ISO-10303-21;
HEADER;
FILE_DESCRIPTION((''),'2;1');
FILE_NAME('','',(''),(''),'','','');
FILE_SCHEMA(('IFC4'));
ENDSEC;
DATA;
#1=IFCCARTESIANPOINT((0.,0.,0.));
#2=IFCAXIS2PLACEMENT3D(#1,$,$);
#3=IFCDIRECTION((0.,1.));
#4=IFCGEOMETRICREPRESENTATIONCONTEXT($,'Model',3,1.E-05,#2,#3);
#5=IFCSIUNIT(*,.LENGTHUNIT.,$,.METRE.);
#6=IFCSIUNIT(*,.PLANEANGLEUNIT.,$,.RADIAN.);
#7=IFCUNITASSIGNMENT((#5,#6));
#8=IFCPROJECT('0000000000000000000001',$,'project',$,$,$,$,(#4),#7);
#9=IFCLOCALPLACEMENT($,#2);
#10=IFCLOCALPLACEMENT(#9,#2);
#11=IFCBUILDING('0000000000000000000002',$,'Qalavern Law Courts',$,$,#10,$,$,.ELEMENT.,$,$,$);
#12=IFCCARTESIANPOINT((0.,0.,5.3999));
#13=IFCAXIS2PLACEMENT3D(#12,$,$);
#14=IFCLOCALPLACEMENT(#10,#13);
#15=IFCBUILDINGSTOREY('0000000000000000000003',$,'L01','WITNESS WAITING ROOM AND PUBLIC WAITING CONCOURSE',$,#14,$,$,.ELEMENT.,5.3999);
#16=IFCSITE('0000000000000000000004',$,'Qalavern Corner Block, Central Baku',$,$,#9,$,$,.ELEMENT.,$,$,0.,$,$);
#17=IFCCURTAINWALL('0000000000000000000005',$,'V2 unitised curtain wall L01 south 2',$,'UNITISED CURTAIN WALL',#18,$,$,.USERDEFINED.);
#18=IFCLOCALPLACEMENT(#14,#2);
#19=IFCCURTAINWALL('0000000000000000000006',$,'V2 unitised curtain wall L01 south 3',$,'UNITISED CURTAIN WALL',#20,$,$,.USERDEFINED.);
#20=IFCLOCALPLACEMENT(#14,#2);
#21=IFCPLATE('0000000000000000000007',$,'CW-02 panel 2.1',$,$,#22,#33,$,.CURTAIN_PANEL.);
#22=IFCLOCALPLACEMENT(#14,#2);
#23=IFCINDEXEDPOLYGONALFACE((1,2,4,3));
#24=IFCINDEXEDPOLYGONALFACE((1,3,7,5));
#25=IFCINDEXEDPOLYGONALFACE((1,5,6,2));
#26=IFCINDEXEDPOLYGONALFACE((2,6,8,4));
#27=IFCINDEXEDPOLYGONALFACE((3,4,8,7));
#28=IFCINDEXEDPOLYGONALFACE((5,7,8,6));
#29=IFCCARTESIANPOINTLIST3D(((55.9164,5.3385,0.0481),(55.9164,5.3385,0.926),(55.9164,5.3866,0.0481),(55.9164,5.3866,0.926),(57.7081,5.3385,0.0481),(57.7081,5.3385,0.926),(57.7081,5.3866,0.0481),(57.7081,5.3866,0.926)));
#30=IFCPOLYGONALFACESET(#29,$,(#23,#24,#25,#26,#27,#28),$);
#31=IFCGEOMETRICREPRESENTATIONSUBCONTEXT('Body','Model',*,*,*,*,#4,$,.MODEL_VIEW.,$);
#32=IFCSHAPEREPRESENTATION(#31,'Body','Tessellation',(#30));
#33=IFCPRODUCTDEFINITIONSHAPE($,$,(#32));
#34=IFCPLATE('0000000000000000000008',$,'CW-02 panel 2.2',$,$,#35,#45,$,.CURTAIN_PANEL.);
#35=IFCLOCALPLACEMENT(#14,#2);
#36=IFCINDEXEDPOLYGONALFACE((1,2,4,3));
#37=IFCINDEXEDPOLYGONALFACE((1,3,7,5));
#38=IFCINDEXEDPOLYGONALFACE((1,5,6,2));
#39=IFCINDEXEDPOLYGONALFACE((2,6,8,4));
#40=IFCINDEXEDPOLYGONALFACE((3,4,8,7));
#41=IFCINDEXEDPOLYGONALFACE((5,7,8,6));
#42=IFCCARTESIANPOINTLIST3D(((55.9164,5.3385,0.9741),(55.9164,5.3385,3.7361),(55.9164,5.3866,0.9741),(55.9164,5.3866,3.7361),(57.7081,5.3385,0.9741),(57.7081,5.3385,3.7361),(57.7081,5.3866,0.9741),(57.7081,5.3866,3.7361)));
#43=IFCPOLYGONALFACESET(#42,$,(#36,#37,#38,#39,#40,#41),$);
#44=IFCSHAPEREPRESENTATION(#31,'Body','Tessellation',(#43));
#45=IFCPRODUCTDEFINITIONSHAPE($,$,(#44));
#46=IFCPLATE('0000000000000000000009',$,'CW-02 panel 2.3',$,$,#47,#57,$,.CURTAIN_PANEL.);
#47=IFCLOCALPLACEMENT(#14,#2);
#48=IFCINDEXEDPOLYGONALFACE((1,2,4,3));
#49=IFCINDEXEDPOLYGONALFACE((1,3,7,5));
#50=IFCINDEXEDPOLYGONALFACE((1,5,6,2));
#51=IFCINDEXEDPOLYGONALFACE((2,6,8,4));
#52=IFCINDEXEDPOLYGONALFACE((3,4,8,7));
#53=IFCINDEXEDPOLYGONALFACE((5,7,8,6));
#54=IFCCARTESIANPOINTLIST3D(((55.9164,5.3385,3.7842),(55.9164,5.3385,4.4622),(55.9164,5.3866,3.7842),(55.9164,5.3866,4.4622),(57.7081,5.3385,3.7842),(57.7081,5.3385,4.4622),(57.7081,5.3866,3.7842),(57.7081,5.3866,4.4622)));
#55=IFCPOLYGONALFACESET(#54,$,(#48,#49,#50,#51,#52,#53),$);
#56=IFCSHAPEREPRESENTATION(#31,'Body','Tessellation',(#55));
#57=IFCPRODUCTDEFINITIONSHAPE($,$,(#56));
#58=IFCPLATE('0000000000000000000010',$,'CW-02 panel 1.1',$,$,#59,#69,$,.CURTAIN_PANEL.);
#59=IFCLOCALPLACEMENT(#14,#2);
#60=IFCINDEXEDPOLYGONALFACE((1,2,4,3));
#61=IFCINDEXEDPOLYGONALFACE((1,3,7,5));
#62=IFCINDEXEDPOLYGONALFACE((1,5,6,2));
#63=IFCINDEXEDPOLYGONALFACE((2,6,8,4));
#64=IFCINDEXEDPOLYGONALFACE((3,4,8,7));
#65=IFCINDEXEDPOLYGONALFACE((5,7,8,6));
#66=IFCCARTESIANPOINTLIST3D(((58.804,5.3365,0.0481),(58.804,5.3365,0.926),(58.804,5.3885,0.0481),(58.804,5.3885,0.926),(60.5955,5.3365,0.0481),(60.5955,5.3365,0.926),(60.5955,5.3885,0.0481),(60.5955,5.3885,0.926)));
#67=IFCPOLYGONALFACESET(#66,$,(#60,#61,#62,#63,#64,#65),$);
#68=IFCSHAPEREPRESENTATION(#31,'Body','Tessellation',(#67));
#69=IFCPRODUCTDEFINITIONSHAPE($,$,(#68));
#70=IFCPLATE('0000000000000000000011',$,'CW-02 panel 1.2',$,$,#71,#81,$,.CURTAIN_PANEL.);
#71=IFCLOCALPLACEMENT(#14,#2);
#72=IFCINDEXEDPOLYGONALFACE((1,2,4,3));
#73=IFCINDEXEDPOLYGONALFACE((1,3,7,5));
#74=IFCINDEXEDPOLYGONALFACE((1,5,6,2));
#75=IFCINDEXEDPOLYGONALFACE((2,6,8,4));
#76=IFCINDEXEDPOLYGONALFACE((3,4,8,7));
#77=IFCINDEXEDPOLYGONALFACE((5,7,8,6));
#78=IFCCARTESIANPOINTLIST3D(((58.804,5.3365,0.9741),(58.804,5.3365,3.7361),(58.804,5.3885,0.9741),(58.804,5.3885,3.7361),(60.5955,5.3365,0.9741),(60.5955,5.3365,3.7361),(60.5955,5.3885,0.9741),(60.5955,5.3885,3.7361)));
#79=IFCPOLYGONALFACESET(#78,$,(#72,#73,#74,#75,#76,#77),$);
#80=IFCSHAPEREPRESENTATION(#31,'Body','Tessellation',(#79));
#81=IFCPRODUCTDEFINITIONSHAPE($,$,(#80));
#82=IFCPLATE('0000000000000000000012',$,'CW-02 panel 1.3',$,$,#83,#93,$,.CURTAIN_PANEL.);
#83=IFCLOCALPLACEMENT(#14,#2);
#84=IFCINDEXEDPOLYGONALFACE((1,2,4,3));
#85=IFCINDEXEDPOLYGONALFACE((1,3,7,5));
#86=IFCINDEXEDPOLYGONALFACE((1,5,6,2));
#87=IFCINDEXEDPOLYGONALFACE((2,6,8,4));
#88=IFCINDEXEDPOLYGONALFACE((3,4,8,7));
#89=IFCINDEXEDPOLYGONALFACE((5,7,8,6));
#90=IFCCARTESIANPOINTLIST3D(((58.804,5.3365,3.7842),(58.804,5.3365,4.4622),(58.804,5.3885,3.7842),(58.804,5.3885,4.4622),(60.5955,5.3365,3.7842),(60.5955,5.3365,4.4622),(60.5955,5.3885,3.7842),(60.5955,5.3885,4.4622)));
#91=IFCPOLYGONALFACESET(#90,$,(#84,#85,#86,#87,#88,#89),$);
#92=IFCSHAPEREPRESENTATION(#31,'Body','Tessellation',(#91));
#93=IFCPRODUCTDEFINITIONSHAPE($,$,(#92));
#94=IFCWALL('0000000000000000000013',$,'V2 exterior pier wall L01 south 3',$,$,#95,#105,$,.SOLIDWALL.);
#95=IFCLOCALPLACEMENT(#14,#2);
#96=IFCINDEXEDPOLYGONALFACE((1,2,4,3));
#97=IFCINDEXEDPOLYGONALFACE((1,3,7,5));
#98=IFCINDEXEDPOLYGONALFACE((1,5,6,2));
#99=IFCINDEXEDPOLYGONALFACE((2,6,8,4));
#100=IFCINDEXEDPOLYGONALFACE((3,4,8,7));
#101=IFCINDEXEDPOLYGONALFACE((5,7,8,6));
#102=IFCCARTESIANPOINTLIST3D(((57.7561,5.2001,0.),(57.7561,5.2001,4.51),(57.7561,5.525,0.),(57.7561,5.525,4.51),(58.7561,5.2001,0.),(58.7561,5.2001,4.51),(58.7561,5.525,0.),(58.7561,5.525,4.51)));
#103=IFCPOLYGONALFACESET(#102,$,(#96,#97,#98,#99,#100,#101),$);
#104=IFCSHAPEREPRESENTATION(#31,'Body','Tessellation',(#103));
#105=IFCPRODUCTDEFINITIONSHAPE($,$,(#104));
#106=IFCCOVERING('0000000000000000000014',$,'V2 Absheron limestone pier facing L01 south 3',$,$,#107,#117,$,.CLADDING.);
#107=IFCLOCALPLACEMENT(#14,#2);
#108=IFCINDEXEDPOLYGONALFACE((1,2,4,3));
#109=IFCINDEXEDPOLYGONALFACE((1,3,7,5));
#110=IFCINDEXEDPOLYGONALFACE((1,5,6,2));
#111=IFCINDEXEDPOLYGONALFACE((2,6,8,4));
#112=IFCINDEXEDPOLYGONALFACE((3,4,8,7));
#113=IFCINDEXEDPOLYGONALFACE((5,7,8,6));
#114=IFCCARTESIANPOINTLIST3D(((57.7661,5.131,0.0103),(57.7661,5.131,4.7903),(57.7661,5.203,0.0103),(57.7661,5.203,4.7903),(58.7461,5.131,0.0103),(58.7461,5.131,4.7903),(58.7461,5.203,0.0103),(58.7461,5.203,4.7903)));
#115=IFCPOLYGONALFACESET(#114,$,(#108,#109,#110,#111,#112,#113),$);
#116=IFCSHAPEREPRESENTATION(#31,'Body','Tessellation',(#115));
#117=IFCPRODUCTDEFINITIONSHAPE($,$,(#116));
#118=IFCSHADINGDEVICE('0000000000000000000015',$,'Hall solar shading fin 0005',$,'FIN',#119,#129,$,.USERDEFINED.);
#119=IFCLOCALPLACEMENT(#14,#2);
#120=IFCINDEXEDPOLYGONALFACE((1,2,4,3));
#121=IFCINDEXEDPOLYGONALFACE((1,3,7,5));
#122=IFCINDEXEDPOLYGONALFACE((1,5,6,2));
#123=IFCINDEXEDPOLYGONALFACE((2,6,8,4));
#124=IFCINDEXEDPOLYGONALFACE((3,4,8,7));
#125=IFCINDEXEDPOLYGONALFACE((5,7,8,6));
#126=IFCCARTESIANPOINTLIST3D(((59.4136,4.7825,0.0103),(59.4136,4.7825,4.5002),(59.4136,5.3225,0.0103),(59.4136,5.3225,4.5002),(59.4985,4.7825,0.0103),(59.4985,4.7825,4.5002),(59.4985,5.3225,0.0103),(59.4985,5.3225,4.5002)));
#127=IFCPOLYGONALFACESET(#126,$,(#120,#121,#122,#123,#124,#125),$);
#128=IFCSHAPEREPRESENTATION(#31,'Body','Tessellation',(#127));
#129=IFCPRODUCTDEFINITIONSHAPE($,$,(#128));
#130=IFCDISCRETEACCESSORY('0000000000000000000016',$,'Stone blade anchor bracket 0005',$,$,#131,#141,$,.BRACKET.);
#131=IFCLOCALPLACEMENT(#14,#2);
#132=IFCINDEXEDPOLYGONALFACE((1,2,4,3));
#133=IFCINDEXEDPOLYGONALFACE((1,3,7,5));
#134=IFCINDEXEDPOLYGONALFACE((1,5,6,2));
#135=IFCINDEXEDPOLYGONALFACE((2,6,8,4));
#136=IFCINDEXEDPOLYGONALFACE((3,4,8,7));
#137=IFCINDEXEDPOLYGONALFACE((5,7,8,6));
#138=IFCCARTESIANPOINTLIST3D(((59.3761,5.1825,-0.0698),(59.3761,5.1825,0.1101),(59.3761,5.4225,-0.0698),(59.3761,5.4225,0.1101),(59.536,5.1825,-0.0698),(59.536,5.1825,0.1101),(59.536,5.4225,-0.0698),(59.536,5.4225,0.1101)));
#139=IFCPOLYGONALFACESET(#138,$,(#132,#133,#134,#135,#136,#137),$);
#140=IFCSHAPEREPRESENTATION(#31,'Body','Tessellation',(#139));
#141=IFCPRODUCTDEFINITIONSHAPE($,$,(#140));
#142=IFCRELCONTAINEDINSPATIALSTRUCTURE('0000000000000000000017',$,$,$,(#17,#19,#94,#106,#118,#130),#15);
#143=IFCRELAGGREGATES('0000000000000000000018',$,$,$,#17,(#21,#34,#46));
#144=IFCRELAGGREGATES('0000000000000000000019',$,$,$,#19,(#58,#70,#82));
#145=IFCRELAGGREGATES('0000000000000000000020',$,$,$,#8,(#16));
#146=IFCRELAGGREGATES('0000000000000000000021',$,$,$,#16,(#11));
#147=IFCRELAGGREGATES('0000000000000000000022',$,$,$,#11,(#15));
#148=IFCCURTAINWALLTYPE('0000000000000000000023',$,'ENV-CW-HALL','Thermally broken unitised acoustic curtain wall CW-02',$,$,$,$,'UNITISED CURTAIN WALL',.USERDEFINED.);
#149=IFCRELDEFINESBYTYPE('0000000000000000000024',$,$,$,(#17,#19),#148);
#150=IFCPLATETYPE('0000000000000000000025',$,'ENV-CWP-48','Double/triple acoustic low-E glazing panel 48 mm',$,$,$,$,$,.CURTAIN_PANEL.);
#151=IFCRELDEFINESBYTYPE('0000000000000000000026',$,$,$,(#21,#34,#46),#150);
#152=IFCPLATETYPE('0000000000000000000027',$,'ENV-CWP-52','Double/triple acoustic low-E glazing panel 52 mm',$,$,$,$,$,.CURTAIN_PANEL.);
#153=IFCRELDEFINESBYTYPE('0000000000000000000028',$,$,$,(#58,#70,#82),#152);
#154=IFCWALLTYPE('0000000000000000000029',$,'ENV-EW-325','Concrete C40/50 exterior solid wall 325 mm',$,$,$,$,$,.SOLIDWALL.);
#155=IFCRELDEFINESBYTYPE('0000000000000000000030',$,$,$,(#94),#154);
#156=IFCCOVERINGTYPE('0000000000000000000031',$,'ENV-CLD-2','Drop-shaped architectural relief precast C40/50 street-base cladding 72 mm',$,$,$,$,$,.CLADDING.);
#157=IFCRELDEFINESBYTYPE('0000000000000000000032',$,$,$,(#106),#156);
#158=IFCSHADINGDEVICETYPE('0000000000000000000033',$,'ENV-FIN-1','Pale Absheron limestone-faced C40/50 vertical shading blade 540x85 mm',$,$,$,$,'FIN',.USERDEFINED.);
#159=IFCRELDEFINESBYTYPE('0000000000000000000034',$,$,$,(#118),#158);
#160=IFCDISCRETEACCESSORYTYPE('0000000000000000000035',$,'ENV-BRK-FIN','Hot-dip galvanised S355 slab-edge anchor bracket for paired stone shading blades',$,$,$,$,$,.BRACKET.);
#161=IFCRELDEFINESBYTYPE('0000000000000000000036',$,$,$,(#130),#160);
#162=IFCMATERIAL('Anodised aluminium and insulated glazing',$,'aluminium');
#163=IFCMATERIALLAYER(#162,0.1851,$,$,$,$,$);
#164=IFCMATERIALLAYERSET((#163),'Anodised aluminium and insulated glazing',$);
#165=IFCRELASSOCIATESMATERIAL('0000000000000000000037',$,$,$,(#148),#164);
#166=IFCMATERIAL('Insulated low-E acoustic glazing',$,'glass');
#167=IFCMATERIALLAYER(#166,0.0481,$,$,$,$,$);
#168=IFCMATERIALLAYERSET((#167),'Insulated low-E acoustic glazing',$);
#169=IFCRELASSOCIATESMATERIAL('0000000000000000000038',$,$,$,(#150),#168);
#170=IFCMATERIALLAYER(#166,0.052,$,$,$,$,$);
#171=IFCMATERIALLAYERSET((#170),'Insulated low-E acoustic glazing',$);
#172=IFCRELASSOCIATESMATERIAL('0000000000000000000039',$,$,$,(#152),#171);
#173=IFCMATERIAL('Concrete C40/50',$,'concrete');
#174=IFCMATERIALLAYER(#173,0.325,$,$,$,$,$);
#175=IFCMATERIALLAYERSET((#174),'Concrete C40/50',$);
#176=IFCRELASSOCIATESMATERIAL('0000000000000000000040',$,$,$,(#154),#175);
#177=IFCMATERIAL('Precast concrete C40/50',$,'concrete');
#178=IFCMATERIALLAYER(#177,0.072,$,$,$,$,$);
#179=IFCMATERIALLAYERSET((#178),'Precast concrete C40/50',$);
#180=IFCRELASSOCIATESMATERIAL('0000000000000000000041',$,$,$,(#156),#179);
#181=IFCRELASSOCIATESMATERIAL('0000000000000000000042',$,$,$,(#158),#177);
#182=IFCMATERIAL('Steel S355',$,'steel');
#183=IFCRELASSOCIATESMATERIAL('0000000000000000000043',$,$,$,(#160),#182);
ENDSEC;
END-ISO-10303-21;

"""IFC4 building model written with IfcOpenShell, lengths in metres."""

from ifc_helpers import new_model, si_unit, direction, frame, frame_2d, origin, origin_2d, place, context, subcontext, project, spatial, rectangle, extrude, material, layer, layer_set, type_object, element, aggregate, save


model = new_model("IFC4")

# Units and contexts
model_context = context("Model", 3, precision=1e-05, world=origin(), true_north=direction((0.0, 1.0)))
body_context = subcontext(model_context, "Body", "Model", "MODEL_VIEW")
ifc_project = project(units=[si_unit("LENGTHUNIT", "METRE"), si_unit("PLANEANGLEUNIT", "RADIAN")], contexts=[model_context])

# Site, building, storey
site_placement = place(None, origin())
site = spatial("IfcSite", under=ifc_project, at=site_placement, Name="Qalavern Corner Block, Central Baku", CompositionType="ELEMENT", RefElevation=0.0)
building_placement = place(site_placement, origin())
building = spatial("IfcBuilding", under=site, at=building_placement, Name="Qalavern Law Courts", CompositionType="ELEMENT")
storey_placement = place(building_placement, frame((0.0, 0.0, 5.3999)))
storey = spatial("IfcBuildingStorey", under=building, at=storey_placement, Name="L01", Description="WITNESS WAITING ROOM AND PUBLIC WAITING CONCOURSE", CompositionType="ELEMENT", Elevation=5.3999)

# Curtain wall
ifc_material_1 = material(Name="Anodised aluminium and insulated glazing", Category="aluminium")
ifc_layer_1 = layer(ifc_material_1, 0.1851)
ifc_layer_set_1 = layer_set([ifc_layer_1], Name="Anodised aluminium and insulated glazing")
curtain_wall_type = type_object("IfcCurtainWallType", Name="ENV-CW-HALL", Description="Thermally broken unitised acoustic curtain wall CW-02", ElementType="UNITISED CURTAIN WALL", PredefinedType="USERDEFINED", material=ifc_layer_set_1)
curtain_wall_1_placement = place(storey_placement, origin())
curtain_wall_1 = element("IfcCurtainWall", 1, at=curtain_wall_1_placement, inside=storey, type_object=curtain_wall_type, Name="V2 unitised curtain wall L01 south 2", ObjectType="UNITISED CURTAIN WALL", PredefinedType="USERDEFINED")

# Curtain wall
curtain_wall_2_placement = place(storey_placement, origin())
curtain_wall_2 = element("IfcCurtainWall", 2, at=curtain_wall_2_placement, inside=storey, type_object=curtain_wall_type, Name="V2 unitised curtain wall L01 south 3", ObjectType="UNITISED CURTAIN WALL", PredefinedType="USERDEFINED")

# Plates
ifc_material_2 = material(Name="Insulated low-E acoustic glazing", Category="glass")
ifc_layer_2 = layer(ifc_material_2, 0.0481)
ifc_layer_set_2 = layer_set([ifc_layer_2], Name="Insulated low-E acoustic glazing")
plate_type_1 = type_object("IfcPlateType", Name="ENV-CWP-48", Description="Double/triple acoustic low-E glazing panel 48 mm", PredefinedType="CURTAIN_PANEL", material=ifc_layer_set_2)
plate_1_placement = place(storey_placement, frame((56.8123, 5.3625, 0.0481), z_axis=(0.0, 0.0, 1.0), x_axis=(1.0, 0.0, 0.0)))
plate_1 = element("IfcPlate", 3, at=plate_1_placement, type_object=plate_type_1, Name="CW-02 panel 2.1", PredefinedType="CURTAIN_PANEL", context=body_context, shape_type="SweptSolid", body=[
    extrude(rectangle(XDim=1.7917, YDim=0.0481, at=origin_2d()), origin(), (0.0, 0.0, 1.0), 0.8779),
])
plate_2_placement = place(storey_placement, frame((56.8123, 5.3625, 0.9741), z_axis=(0.0, 0.0, 1.0), x_axis=(1.0, 0.0, 0.0)))
plate_2 = element("IfcPlate", 4, at=plate_2_placement, type_object=plate_type_1, Name="CW-02 panel 2.2", PredefinedType="CURTAIN_PANEL", context=body_context, shape_type="SweptSolid", body=[
    extrude(rectangle(XDim=1.7917, YDim=0.0481, at=origin_2d()), origin(), (0.0, 0.0, 1.0), 2.762),
])
plate_3_placement = place(storey_placement, frame((56.8123, 5.3625, 3.7842), z_axis=(0.0, 0.0, 1.0), x_axis=(1.0, 0.0, 0.0)))
plate_3 = element("IfcPlate", 5, at=plate_3_placement, type_object=plate_type_1, Name="CW-02 panel 2.3", PredefinedType="CURTAIN_PANEL", context=body_context, shape_type="SweptSolid", body=[
    extrude(rectangle(XDim=1.7917, YDim=0.0481, at=origin_2d()), origin(), (0.0, 0.0, 1.0), 0.678),
])
aggregate(curtain_wall_1, [plate_1, plate_2, plate_3])
ifc_layer_3 = layer(ifc_material_2, 0.052)
ifc_layer_set_3 = layer_set([ifc_layer_3], Name="Insulated low-E acoustic glazing")
plate_type_2 = type_object("IfcPlateType", Name="ENV-CWP-52", Description="Double/triple acoustic low-E glazing panel 52 mm", PredefinedType="CURTAIN_PANEL", material=ifc_layer_set_3)
plate_4_placement = place(storey_placement, frame((59.6997, 5.3625, 0.0481), z_axis=(0.0, 0.0, 1.0), x_axis=(1.0, 0.0, 0.0)))
plate_4 = element("IfcPlate", 6, at=plate_4_placement, type_object=plate_type_2, Name="CW-02 panel 1.1", PredefinedType="CURTAIN_PANEL", context=body_context, shape_type="SweptSolid", body=[
    extrude(rectangle(XDim=1.7915, YDim=0.052, at=origin_2d()), origin(), (0.0, 0.0, 1.0), 0.8779),
])
plate_5_placement = place(storey_placement, frame((59.6997, 5.3625, 0.9741), z_axis=(0.0, 0.0, 1.0), x_axis=(1.0, 0.0, 0.0)))
plate_5 = element("IfcPlate", 7, at=plate_5_placement, type_object=plate_type_2, Name="CW-02 panel 1.2", PredefinedType="CURTAIN_PANEL", context=body_context, shape_type="SweptSolid", body=[
    extrude(rectangle(XDim=1.7915, YDim=0.052, at=origin_2d()), origin(), (0.0, 0.0, 1.0), 2.762),
])
plate_6_placement = place(storey_placement, frame((59.6997, 5.3625, 3.7842), z_axis=(0.0, 0.0, 1.0), x_axis=(1.0, 0.0, 0.0)))
plate_6 = element("IfcPlate", 8, at=plate_6_placement, type_object=plate_type_2, Name="CW-02 panel 1.3", PredefinedType="CURTAIN_PANEL", context=body_context, shape_type="SweptSolid", body=[
    extrude(rectangle(XDim=1.7915, YDim=0.052, at=origin_2d()), origin(), (0.0, 0.0, 1.0), 0.678),
])
aggregate(curtain_wall_2, [plate_4, plate_5, plate_6])

# Wall
ifc_material_3 = material(Name="Concrete C40/50", Category="concrete")
ifc_layer_4 = layer(ifc_material_3, 0.325)
ifc_layer_set_4 = layer_set([ifc_layer_4], Name="Concrete C40/50")
wall_type = type_object("IfcWallType", Name="ENV-EW-325", Description="Concrete C40/50 exterior solid wall 325 mm", PredefinedType="SOLIDWALL", material=ifc_layer_set_4)
wall_placement = place(storey_placement, frame((57.7561, 5.3625, 0.0), z_axis=(0.0, 0.0, 1.0), x_axis=(1.0, 0.0, 0.0)))
element("IfcWall", 9, at=wall_placement, inside=storey, type_object=wall_type, Name="V2 exterior pier wall L01 south 3", PredefinedType="SOLIDWALL", context=body_context, shape_type="SweptSolid", body=[
    extrude(rectangle(XDim=1.0, YDim=0.325, at=frame_2d((0.5, 0.0))), origin(), (0.0, 0.0, 1.0), 4.51),
])

# Covering
ifc_material_4 = material(Name="Precast concrete C40/50", Category="concrete")
ifc_layer_5 = layer(ifc_material_4, 0.072)
ifc_layer_set_5 = layer_set([ifc_layer_5], Name="Precast concrete C40/50")
covering_type = type_object("IfcCoveringType", Name="ENV-CLD-2", Description="Drop-shaped architectural relief precast C40/50 street-base cladding 72 mm", PredefinedType="CLADDING", material=ifc_layer_set_5)
covering_placement = place(storey_placement, frame((58.2561, 5.167, 0.0103), z_axis=(0.0, 0.0, 1.0), x_axis=(1.0, 0.0, 0.0)))
element("IfcCovering", 10, at=covering_placement, inside=storey, type_object=covering_type, Name="V2 Absheron limestone pier facing L01 south 3", PredefinedType="CLADDING", context=body_context, shape_type="SweptSolid", body=[
    extrude(rectangle(XDim=0.98, YDim=0.072, at=origin_2d()), origin(), (0.0, 0.0, 1.0), 4.78),
])

# Shading device
shading_device_type = type_object("IfcShadingDeviceType", Name="ENV-FIN-1", Description="Pale Absheron limestone-faced C40/50 vertical shading blade 540x85 mm", ElementType="FIN", PredefinedType="USERDEFINED", material=ifc_material_4)
shading_device_placement = place(storey_placement, frame((59.4561, 5.0525, 0.0103), z_axis=(0.0, 0.0, 1.0), x_axis=(0.0, -1.0, 0.0)))
element("IfcShadingDevice", 11, at=shading_device_placement, inside=storey, type_object=shading_device_type, Name="Hall solar shading fin 0005", ObjectType="FIN", PredefinedType="USERDEFINED", context=body_context, shape_type="SweptSolid", body=[
    extrude(rectangle(XDim=0.54, YDim=0.085, at=origin_2d()), origin(), (0.0, 0.0, 1.0), 4.49),
])

# Discrete accessory
ifc_material_5 = material(Name="Steel S355", Category="steel")
discrete_accessory_type = type_object("IfcDiscreteAccessoryType", Name="ENV-BRK-FIN", Description="Hot-dip galvanised S355 slab-edge anchor bracket for paired stone shading blades", PredefinedType="BRACKET", material=ifc_material_5)
discrete_accessory_placement = place(storey_placement, frame((59.4561, 5.3025, -0.0698), z_axis=(0.0, 0.0, 1.0), x_axis=(0.0, -1.0, 0.0)))
element("IfcDiscreteAccessory", 12, at=discrete_accessory_placement, inside=storey, type_object=discrete_accessory_type, Name="Stone blade anchor bracket 0005", PredefinedType="BRACKET", context=body_context, shape_type="SweptSolid", body=[
    extrude(rectangle(XDim=0.24, YDim=0.1599, at=origin_2d()), origin(), (0.0, 0.0, 1.0), 0.1799),
])

save(model, "model.ifc")
